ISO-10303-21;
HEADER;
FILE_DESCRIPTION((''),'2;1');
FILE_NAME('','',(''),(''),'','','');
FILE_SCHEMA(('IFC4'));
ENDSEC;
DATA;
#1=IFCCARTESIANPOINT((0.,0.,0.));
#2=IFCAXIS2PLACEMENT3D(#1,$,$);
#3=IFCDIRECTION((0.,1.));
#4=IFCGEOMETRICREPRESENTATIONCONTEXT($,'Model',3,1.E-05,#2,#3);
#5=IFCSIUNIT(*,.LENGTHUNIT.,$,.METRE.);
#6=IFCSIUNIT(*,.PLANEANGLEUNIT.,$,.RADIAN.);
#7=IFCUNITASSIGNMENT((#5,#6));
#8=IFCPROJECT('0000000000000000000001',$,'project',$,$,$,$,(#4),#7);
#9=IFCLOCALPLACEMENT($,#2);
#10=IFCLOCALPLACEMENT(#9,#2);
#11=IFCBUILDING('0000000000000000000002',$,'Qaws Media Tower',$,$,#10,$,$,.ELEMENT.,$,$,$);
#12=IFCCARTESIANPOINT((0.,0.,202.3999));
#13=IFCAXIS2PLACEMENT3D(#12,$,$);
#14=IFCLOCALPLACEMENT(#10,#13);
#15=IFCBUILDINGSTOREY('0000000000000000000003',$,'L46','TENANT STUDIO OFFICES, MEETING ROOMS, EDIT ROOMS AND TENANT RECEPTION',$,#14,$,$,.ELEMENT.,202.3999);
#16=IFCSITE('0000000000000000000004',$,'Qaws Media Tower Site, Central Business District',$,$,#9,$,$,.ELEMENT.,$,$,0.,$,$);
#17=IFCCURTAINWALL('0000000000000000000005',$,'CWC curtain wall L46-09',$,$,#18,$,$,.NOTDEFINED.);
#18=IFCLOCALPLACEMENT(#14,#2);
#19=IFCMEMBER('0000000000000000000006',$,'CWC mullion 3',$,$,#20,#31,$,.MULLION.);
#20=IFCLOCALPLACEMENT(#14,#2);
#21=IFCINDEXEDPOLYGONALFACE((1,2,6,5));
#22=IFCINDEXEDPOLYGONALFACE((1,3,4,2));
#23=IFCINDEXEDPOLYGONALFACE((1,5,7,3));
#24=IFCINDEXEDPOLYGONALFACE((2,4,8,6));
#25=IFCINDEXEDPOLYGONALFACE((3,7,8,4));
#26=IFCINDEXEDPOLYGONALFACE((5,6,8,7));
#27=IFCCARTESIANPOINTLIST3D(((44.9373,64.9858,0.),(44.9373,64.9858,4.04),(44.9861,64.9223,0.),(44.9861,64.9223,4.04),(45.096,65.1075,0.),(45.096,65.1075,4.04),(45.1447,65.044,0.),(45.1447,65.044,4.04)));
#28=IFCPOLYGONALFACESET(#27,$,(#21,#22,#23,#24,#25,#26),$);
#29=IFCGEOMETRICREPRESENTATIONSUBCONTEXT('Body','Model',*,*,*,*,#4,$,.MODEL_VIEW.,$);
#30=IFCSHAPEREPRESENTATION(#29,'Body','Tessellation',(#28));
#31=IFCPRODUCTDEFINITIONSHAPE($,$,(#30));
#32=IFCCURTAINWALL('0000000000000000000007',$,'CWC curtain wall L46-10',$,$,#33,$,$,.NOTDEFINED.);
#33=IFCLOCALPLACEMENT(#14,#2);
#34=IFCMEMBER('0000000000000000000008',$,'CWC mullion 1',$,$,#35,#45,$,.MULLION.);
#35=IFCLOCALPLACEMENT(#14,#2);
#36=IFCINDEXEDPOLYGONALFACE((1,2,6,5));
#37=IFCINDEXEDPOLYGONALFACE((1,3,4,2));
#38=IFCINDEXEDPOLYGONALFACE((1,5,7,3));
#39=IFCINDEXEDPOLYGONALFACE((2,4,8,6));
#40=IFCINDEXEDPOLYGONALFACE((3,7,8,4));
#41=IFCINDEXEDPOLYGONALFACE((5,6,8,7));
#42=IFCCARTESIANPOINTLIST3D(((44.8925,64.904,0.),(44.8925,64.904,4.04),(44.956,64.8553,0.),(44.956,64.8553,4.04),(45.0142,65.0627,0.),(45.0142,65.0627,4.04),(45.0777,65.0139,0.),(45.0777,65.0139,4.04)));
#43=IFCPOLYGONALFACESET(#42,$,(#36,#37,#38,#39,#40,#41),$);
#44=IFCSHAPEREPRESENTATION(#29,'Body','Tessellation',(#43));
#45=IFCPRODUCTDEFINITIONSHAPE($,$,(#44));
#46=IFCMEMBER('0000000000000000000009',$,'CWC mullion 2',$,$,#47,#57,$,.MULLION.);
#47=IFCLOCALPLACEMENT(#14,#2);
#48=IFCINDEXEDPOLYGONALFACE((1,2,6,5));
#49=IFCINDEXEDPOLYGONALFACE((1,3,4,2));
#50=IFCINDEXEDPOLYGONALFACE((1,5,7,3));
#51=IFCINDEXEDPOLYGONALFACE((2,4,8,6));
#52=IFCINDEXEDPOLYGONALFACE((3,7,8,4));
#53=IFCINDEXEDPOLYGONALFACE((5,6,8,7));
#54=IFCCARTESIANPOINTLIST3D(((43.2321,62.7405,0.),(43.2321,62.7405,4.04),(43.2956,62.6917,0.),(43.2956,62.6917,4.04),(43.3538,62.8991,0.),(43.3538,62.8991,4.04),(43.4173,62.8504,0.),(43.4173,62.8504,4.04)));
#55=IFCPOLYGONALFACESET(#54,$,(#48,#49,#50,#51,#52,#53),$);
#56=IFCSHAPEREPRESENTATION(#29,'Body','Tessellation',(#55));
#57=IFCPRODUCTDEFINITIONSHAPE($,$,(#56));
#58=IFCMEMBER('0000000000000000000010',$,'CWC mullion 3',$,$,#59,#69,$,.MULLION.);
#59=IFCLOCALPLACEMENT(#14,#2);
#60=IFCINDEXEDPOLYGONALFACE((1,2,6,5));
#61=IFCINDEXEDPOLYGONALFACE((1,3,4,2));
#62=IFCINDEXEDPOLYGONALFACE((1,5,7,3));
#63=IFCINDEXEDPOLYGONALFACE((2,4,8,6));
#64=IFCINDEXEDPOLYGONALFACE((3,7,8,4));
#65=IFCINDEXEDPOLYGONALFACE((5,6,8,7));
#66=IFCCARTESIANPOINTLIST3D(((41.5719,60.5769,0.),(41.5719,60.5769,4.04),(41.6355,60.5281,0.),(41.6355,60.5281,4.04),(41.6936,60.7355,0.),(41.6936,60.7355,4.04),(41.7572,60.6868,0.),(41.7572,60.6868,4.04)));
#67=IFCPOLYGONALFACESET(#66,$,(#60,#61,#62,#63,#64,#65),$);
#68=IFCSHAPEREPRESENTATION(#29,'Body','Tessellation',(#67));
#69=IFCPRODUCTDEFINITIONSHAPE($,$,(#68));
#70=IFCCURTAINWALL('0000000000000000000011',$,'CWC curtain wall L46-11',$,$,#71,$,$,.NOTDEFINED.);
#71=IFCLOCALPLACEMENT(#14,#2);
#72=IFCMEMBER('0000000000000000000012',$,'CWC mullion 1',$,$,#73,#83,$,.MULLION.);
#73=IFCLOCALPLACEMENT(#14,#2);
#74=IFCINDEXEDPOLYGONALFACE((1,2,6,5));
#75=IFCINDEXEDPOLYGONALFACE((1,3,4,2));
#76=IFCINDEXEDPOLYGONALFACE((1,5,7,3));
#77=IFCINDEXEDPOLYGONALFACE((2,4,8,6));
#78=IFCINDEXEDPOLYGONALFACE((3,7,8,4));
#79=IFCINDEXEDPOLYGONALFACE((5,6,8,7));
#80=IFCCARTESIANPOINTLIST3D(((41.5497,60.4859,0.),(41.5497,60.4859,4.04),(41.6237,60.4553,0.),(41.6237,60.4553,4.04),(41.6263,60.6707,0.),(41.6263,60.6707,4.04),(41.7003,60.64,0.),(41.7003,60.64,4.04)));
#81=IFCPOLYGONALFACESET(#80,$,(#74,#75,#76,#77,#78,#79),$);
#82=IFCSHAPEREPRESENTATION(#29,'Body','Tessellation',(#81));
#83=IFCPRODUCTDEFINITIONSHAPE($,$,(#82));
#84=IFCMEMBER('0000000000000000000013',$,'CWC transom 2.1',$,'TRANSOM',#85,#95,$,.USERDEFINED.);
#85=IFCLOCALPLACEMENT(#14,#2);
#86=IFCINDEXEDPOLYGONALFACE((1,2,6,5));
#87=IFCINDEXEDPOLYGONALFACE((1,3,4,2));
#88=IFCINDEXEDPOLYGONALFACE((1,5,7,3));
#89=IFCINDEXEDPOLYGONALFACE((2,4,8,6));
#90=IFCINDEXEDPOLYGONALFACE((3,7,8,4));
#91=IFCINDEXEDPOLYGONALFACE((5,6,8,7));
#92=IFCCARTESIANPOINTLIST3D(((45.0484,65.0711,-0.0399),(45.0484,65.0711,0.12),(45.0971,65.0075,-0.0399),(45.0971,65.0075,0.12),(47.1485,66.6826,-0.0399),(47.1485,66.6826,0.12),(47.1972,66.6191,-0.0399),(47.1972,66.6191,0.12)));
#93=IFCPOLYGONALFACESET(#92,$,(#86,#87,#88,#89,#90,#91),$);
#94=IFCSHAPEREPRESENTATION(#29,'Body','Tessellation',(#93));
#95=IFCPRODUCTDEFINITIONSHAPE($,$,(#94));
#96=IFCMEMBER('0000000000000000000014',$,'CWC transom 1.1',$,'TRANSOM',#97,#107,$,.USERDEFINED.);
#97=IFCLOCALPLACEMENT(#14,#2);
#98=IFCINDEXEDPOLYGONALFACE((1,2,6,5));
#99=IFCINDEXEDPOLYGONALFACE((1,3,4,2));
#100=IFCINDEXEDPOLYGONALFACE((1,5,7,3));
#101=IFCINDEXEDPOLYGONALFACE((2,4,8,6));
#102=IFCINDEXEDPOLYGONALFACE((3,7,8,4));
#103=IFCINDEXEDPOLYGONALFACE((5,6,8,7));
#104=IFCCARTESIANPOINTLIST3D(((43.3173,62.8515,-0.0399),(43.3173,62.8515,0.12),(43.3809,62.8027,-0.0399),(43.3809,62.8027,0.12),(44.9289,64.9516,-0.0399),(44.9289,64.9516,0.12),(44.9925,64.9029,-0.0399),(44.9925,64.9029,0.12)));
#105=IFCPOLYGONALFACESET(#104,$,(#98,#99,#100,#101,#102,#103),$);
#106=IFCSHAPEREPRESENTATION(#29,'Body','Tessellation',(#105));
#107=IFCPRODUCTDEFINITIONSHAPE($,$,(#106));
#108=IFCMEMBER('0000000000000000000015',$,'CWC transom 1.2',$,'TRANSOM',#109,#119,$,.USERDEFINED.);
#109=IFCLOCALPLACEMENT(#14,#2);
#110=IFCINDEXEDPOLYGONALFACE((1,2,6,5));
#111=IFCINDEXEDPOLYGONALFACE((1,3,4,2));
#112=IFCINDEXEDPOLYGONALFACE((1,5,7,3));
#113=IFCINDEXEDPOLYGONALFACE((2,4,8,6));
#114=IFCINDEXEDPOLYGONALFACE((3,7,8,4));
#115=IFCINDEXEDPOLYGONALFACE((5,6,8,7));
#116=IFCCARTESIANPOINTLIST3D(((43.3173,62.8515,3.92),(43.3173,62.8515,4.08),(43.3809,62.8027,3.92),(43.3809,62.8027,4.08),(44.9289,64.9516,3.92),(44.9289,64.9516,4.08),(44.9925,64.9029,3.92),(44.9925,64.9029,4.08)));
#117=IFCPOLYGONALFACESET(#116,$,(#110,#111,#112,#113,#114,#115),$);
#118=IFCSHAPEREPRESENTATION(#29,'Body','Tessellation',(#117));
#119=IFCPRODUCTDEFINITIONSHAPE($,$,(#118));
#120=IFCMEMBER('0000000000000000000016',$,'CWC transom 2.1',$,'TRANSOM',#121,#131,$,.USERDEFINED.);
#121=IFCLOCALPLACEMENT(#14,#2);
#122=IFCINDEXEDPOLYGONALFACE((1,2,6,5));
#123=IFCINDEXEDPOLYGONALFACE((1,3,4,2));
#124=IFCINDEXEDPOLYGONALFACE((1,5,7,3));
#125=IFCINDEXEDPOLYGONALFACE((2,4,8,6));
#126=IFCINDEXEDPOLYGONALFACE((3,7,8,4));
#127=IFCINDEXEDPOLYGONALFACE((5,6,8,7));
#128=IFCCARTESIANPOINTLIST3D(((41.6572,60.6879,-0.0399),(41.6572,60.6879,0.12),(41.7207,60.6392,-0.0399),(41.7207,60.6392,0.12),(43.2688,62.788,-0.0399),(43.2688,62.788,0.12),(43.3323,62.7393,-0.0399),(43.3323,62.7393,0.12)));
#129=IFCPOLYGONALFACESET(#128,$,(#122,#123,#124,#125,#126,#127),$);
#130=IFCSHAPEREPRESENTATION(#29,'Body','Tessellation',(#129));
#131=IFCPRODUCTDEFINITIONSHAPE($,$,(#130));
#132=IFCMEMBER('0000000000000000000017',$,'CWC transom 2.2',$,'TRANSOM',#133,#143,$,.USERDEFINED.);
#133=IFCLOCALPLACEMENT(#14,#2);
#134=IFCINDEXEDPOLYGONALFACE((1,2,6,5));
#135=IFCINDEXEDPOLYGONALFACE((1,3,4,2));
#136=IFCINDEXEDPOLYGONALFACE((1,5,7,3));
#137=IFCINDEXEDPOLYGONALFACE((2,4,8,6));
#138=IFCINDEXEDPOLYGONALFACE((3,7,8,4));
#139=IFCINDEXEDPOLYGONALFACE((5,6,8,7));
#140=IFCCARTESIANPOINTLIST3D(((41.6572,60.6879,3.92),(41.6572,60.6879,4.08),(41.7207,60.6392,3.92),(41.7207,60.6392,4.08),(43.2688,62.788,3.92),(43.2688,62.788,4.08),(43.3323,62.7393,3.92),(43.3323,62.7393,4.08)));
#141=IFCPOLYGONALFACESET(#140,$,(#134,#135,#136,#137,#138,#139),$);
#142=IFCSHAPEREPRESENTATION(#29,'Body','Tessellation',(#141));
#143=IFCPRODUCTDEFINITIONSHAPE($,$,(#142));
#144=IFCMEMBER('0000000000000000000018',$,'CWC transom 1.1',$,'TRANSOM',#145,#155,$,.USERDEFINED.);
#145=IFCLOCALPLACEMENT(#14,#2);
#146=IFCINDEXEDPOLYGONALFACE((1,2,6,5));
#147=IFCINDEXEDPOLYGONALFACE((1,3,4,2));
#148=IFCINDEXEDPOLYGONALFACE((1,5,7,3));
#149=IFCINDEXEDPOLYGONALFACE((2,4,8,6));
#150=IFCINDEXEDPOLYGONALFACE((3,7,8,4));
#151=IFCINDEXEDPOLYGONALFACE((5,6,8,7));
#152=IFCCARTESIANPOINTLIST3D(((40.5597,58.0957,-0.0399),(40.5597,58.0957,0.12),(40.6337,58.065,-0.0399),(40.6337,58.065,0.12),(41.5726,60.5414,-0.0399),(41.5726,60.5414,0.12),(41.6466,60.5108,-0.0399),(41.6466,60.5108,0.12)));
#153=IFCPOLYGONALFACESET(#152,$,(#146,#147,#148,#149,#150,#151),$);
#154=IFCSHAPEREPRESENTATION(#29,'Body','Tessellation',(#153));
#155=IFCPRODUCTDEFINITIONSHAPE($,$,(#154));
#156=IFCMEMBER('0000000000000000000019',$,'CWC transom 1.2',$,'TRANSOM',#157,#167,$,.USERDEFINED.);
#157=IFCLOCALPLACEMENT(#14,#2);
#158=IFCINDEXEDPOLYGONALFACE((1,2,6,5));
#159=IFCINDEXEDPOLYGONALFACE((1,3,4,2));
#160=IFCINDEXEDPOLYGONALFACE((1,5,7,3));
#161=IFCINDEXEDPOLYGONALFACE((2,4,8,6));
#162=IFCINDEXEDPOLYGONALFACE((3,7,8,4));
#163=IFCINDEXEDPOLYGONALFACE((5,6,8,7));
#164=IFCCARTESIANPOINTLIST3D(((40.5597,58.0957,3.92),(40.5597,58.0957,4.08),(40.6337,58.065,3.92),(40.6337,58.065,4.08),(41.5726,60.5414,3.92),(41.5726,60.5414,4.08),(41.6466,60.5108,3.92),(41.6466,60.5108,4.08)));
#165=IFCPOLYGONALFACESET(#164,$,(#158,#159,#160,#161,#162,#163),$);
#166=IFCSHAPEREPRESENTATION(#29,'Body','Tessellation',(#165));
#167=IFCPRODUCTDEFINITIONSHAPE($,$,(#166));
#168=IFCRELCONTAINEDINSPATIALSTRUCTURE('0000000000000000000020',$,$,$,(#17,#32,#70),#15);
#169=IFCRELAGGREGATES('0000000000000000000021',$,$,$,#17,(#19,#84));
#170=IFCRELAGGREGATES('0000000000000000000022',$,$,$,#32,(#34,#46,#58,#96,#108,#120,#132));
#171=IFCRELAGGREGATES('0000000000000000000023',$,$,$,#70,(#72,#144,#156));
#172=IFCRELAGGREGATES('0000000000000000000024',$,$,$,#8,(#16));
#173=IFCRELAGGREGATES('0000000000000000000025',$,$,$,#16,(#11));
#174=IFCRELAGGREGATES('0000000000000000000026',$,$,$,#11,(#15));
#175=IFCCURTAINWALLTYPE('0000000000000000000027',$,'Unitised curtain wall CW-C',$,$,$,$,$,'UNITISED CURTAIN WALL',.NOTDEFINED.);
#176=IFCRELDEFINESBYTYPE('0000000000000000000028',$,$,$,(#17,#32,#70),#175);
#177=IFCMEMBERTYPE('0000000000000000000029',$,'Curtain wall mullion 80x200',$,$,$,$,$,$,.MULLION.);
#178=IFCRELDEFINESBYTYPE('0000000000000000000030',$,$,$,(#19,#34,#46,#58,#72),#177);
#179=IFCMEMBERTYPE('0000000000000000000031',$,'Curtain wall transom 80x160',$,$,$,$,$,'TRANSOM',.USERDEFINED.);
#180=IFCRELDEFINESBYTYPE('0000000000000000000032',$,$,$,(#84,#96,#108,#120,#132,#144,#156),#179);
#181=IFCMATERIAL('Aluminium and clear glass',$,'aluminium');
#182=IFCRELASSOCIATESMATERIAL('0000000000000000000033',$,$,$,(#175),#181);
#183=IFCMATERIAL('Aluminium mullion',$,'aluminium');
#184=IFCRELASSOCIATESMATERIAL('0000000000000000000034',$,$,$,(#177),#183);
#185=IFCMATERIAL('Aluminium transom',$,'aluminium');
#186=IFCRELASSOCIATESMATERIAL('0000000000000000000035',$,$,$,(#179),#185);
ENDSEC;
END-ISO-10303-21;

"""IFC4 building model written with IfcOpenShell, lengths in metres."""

from ifc_helpers import new_model, si_unit, direction, frame, origin, origin_2d, place, context, subcontext, project, spatial, rectangle, extrude, material, material_profile, profile_set, type_object, element, aggregate, save


model = new_model("IFC4")

# Units and contexts
model_context = context("Model", 3, precision=1e-05, world=origin(), true_north=direction((0.0, 1.0)))
body_context = subcontext(model_context, "Body", "Model", "MODEL_VIEW")
ifc_project = project(units=[si_unit("LENGTHUNIT", "METRE"), si_unit("PLANEANGLEUNIT", "RADIAN")], contexts=[model_context])

# Site, building, storey
site_placement = place(None, origin())
site = spatial("IfcSite", under=ifc_project, at=site_placement, Name="Qaws Media Tower Site, Central Business District", CompositionType="ELEMENT", RefElevation=0.0)
building_placement = place(site_placement, origin())
building = spatial("IfcBuilding", under=site, at=building_placement, Name="Qaws Media Tower", CompositionType="ELEMENT")
storey_placement = place(building_placement, frame((0.0, 0.0, 202.3999)))
storey = spatial("IfcBuildingStorey", under=building, at=storey_placement, Name="L46", Description="TENANT STUDIO OFFICES, MEETING ROOMS, EDIT ROOMS AND TENANT RECEPTION", CompositionType="ELEMENT", Elevation=202.3999)

# Curtain wall, member
ifc_material_1 = material(Name="Aluminium and clear glass", Category="aluminium")
curtain_wall_type = type_object("IfcCurtainWallType", Name="Unitised curtain wall CW-C", ElementType="UNITISED CURTAIN WALL", PredefinedType="NOTDEFINED", material=ifc_material_1)
curtain_wall_1_placement = place(storey_placement, origin())
curtain_wall_1 = element("IfcCurtainWall", 1, at=curtain_wall_1_placement, inside=storey, type_object=curtain_wall_type, Name="CWC curtain wall L46-09", PredefinedType="NOTDEFINED")
ifc_material_2 = material(Name="Aluminium mullion", Category="aluminium")
ifc_material_profile_1 = material_profile(ifc_material_2, rectangle(XDim=0.0801, YDim=0.2, at=origin_2d()), Name="80x200")
ifc_profile_set_1 = profile_set([ifc_material_profile_1], Name="Aluminium mullion")
member_type_1 = type_object("IfcMemberType", Name="Curtain wall mullion 80x200", PredefinedType="MULLION", material=ifc_profile_set_1)
member_1_placement = place(storey_placement, frame((45.041, 65.0149, 0.0), z_axis=(0.0, 0.0, 1.0), x_axis=(0.608761, -0.793353, 0.0)))
member_1 = element("IfcMember", 2, at=member_1_placement, type_object=member_type_1, Name="CWC mullion 3", PredefinedType="MULLION", context=body_context, shape_type="SweptSolid", body=[
    extrude(rectangle(XDim=0.0801, YDim=0.2, at=origin_2d()), origin(), (0.0, 0.0, 1.0), 4.04),
])

# Curtain wall, members
curtain_wall_2_placement = place(storey_placement, origin())
curtain_wall_2 = element("IfcCurtainWall", 3, at=curtain_wall_2_placement, inside=storey, type_object=curtain_wall_type, Name="CWC curtain wall L46-10", PredefinedType="NOTDEFINED")
member_2_placement = place(storey_placement, frame((44.9851, 64.959, 0.0), z_axis=(0.0, 0.0, 1.0), x_axis=(0.793353, -0.608761, 0.0)))
member_2 = element("IfcMember", 4, at=member_2_placement, type_object=member_type_1, Name="CWC mullion 1", PredefinedType="MULLION", context=body_context, shape_type="SweptSolid", body=[
    extrude(rectangle(XDim=0.0801, YDim=0.2, at=origin_2d()), origin(), (0.0, 0.0, 1.0), 4.04),
])
member_3_placement = place(storey_placement, frame((43.3247, 62.7954, 0.0), z_axis=(0.0, 0.0, 1.0), x_axis=(0.793353, -0.608761, 0.0)))
member_3 = element("IfcMember", 5, at=member_3_placement, type_object=member_type_1, Name="CWC mullion 2", PredefinedType="MULLION", context=body_context, shape_type="SweptSolid", body=[
    extrude(rectangle(XDim=0.0801, YDim=0.2, at=origin_2d()), origin(), (0.0, 0.0, 1.0), 4.04),
])
member_4_placement = place(storey_placement, frame((41.6646, 60.6318, 0.0), z_axis=(0.0, 0.0, 1.0), x_axis=(0.793353, -0.608761, 0.0)))
member_4 = element("IfcMember", 6, at=member_4_placement, type_object=member_type_1, Name="CWC mullion 3", PredefinedType="MULLION", context=body_context, shape_type="SweptSolid", body=[
    extrude(rectangle(XDim=0.0801, YDim=0.2, at=origin_2d()), origin(), (0.0, 0.0, 1.0), 4.04),
])

# Curtain wall, member
curtain_wall_3_placement = place(storey_placement, origin())
curtain_wall_3 = element("IfcCurtainWall", 7, at=curtain_wall_3_placement, inside=storey, type_object=curtain_wall_type, Name="CWC curtain wall L46-11", PredefinedType="NOTDEFINED")
member_5_placement = place(storey_placement, frame((41.625, 60.563, 0.0), z_axis=(0.0, 0.0, 1.0), x_axis=(0.92388, -0.382683, 0.0)))
member_5 = element("IfcMember", 8, at=member_5_placement, type_object=member_type_1, Name="CWC mullion 1", PredefinedType="MULLION", context=body_context, shape_type="SweptSolid", body=[
    extrude(rectangle(XDim=0.0801, YDim=0.2, at=origin_2d()), origin(), (0.0, 0.0, 1.0), 4.04),
])

# Members
ifc_material_3 = material(Name="Aluminium transom", Category="aluminium")
ifc_material_profile_2 = material_profile(ifc_material_3, rectangle(XDim=0.0801, YDim=0.1599, at=origin_2d()), Name="80x160")
ifc_profile_set_2 = profile_set([ifc_material_profile_2], Name="Aluminium transom")
member_type_2 = type_object("IfcMemberType", Name="Curtain wall transom 80x160", ElementType="TRANSOM", PredefinedType="USERDEFINED", material=ifc_profile_set_2)
member_6_placement = place(storey_placement, frame((47.1729, 66.6509, 0.04), z_axis=(-0.793333, -0.608788, 0.0), x_axis=(0.608788, -0.793333, 0.0)))
member_6 = element("IfcMember", 9, at=member_6_placement, type_object=member_type_2, Name="CWC transom 2.1", ObjectType="TRANSOM", PredefinedType="USERDEFINED", context=body_context, shape_type="SweptSolid", body=[
    extrude(rectangle(XDim=0.0801, YDim=0.1599, at=origin_2d()), origin(), (0.0, 0.0, 1.0), 2.6472),
])
member_7_placement = place(storey_placement, frame((44.9607, 64.9272, 0.04), z_axis=(-0.608788, -0.793333, 0.0), x_axis=(0.793333, -0.608788, 0.0)))
member_7 = element("IfcMember", 10, at=member_7_placement, type_object=member_type_2, Name="CWC transom 1.1", ObjectType="TRANSOM", PredefinedType="USERDEFINED", context=body_context, shape_type="SweptSolid", body=[
    extrude(rectangle(XDim=0.0801, YDim=0.1599, at=origin_2d()), origin(), (0.0, 0.0, 1.0), 2.6472),
])
member_8_placement = place(storey_placement, frame((44.9607, 64.9272, 4.0), z_axis=(-0.608788, -0.793333, 0.0), x_axis=(0.793333, -0.608788, 0.0)))
member_8 = element("IfcMember", 11, at=member_8_placement, type_object=member_type_2, Name="CWC transom 1.2", ObjectType="TRANSOM", PredefinedType="USERDEFINED", context=body_context, shape_type="SweptSolid", body=[
    extrude(rectangle(XDim=0.0801, YDim=0.1599, at=origin_2d()), origin(), (0.0, 0.0, 1.0), 2.6472),
])
member_9_placement = place(storey_placement, frame((43.3005, 62.7637, 0.04), z_axis=(-0.608788, -0.793333, 0.0), x_axis=(0.793333, -0.608788, 0.0)))
member_9 = element("IfcMember", 12, at=member_9_placement, type_object=member_type_2, Name="CWC transom 2.1", ObjectType="TRANSOM", PredefinedType="USERDEFINED", context=body_context, shape_type="SweptSolid", body=[
    extrude(rectangle(XDim=0.0801, YDim=0.1599, at=origin_2d()), origin(), (0.0, 0.0, 1.0), 2.6472),
])
member_10_placement = place(storey_placement, frame((43.3005, 62.7637, 4.0), z_axis=(-0.608788, -0.793333, 0.0), x_axis=(0.793333, -0.608788, 0.0)))
member_10 = element("IfcMember", 13, at=member_10_placement, type_object=member_type_2, Name="CWC transom 2.2", ObjectType="TRANSOM", PredefinedType="USERDEFINED", context=body_context, shape_type="SweptSolid", body=[
    extrude(rectangle(XDim=0.0801, YDim=0.1599, at=origin_2d()), origin(), (0.0, 0.0, 1.0), 2.6472),
])
member_11_placement = place(storey_placement, frame((41.6096, 60.5261, 0.04), z_axis=(-0.382637, -0.923899, 0.0), x_axis=(0.923899, -0.382637, 0.0)))
member_11 = element("IfcMember", 14, at=member_11_placement, type_object=member_type_2, Name="CWC transom 1.1", ObjectType="TRANSOM", PredefinedType="USERDEFINED", context=body_context, shape_type="SweptSolid", body=[
    extrude(rectangle(XDim=0.0801, YDim=0.1599, at=origin_2d()), origin(), (0.0, 0.0, 1.0), 2.6472),
])
member_12_placement = place(storey_placement, frame((41.6096, 60.5261, 4.0), z_axis=(-0.382637, -0.923899, 0.0), x_axis=(0.923899, -0.382637, 0.0)))
member_12 = element("IfcMember", 15, at=member_12_placement, type_object=member_type_2, Name="CWC transom 1.2", ObjectType="TRANSOM", PredefinedType="USERDEFINED", context=body_context, shape_type="SweptSolid", body=[
    extrude(rectangle(XDim=0.0801, YDim=0.1599, at=origin_2d()), origin(), (0.0, 0.0, 1.0), 2.6472),
])

aggregate(curtain_wall_1, [member_1, member_6])
aggregate(curtain_wall_2, [member_2, member_3, member_4, member_7, member_8, member_9, member_10])
aggregate(curtain_wall_3, [member_5, member_11, member_12])

save(model, "model.ifc")
